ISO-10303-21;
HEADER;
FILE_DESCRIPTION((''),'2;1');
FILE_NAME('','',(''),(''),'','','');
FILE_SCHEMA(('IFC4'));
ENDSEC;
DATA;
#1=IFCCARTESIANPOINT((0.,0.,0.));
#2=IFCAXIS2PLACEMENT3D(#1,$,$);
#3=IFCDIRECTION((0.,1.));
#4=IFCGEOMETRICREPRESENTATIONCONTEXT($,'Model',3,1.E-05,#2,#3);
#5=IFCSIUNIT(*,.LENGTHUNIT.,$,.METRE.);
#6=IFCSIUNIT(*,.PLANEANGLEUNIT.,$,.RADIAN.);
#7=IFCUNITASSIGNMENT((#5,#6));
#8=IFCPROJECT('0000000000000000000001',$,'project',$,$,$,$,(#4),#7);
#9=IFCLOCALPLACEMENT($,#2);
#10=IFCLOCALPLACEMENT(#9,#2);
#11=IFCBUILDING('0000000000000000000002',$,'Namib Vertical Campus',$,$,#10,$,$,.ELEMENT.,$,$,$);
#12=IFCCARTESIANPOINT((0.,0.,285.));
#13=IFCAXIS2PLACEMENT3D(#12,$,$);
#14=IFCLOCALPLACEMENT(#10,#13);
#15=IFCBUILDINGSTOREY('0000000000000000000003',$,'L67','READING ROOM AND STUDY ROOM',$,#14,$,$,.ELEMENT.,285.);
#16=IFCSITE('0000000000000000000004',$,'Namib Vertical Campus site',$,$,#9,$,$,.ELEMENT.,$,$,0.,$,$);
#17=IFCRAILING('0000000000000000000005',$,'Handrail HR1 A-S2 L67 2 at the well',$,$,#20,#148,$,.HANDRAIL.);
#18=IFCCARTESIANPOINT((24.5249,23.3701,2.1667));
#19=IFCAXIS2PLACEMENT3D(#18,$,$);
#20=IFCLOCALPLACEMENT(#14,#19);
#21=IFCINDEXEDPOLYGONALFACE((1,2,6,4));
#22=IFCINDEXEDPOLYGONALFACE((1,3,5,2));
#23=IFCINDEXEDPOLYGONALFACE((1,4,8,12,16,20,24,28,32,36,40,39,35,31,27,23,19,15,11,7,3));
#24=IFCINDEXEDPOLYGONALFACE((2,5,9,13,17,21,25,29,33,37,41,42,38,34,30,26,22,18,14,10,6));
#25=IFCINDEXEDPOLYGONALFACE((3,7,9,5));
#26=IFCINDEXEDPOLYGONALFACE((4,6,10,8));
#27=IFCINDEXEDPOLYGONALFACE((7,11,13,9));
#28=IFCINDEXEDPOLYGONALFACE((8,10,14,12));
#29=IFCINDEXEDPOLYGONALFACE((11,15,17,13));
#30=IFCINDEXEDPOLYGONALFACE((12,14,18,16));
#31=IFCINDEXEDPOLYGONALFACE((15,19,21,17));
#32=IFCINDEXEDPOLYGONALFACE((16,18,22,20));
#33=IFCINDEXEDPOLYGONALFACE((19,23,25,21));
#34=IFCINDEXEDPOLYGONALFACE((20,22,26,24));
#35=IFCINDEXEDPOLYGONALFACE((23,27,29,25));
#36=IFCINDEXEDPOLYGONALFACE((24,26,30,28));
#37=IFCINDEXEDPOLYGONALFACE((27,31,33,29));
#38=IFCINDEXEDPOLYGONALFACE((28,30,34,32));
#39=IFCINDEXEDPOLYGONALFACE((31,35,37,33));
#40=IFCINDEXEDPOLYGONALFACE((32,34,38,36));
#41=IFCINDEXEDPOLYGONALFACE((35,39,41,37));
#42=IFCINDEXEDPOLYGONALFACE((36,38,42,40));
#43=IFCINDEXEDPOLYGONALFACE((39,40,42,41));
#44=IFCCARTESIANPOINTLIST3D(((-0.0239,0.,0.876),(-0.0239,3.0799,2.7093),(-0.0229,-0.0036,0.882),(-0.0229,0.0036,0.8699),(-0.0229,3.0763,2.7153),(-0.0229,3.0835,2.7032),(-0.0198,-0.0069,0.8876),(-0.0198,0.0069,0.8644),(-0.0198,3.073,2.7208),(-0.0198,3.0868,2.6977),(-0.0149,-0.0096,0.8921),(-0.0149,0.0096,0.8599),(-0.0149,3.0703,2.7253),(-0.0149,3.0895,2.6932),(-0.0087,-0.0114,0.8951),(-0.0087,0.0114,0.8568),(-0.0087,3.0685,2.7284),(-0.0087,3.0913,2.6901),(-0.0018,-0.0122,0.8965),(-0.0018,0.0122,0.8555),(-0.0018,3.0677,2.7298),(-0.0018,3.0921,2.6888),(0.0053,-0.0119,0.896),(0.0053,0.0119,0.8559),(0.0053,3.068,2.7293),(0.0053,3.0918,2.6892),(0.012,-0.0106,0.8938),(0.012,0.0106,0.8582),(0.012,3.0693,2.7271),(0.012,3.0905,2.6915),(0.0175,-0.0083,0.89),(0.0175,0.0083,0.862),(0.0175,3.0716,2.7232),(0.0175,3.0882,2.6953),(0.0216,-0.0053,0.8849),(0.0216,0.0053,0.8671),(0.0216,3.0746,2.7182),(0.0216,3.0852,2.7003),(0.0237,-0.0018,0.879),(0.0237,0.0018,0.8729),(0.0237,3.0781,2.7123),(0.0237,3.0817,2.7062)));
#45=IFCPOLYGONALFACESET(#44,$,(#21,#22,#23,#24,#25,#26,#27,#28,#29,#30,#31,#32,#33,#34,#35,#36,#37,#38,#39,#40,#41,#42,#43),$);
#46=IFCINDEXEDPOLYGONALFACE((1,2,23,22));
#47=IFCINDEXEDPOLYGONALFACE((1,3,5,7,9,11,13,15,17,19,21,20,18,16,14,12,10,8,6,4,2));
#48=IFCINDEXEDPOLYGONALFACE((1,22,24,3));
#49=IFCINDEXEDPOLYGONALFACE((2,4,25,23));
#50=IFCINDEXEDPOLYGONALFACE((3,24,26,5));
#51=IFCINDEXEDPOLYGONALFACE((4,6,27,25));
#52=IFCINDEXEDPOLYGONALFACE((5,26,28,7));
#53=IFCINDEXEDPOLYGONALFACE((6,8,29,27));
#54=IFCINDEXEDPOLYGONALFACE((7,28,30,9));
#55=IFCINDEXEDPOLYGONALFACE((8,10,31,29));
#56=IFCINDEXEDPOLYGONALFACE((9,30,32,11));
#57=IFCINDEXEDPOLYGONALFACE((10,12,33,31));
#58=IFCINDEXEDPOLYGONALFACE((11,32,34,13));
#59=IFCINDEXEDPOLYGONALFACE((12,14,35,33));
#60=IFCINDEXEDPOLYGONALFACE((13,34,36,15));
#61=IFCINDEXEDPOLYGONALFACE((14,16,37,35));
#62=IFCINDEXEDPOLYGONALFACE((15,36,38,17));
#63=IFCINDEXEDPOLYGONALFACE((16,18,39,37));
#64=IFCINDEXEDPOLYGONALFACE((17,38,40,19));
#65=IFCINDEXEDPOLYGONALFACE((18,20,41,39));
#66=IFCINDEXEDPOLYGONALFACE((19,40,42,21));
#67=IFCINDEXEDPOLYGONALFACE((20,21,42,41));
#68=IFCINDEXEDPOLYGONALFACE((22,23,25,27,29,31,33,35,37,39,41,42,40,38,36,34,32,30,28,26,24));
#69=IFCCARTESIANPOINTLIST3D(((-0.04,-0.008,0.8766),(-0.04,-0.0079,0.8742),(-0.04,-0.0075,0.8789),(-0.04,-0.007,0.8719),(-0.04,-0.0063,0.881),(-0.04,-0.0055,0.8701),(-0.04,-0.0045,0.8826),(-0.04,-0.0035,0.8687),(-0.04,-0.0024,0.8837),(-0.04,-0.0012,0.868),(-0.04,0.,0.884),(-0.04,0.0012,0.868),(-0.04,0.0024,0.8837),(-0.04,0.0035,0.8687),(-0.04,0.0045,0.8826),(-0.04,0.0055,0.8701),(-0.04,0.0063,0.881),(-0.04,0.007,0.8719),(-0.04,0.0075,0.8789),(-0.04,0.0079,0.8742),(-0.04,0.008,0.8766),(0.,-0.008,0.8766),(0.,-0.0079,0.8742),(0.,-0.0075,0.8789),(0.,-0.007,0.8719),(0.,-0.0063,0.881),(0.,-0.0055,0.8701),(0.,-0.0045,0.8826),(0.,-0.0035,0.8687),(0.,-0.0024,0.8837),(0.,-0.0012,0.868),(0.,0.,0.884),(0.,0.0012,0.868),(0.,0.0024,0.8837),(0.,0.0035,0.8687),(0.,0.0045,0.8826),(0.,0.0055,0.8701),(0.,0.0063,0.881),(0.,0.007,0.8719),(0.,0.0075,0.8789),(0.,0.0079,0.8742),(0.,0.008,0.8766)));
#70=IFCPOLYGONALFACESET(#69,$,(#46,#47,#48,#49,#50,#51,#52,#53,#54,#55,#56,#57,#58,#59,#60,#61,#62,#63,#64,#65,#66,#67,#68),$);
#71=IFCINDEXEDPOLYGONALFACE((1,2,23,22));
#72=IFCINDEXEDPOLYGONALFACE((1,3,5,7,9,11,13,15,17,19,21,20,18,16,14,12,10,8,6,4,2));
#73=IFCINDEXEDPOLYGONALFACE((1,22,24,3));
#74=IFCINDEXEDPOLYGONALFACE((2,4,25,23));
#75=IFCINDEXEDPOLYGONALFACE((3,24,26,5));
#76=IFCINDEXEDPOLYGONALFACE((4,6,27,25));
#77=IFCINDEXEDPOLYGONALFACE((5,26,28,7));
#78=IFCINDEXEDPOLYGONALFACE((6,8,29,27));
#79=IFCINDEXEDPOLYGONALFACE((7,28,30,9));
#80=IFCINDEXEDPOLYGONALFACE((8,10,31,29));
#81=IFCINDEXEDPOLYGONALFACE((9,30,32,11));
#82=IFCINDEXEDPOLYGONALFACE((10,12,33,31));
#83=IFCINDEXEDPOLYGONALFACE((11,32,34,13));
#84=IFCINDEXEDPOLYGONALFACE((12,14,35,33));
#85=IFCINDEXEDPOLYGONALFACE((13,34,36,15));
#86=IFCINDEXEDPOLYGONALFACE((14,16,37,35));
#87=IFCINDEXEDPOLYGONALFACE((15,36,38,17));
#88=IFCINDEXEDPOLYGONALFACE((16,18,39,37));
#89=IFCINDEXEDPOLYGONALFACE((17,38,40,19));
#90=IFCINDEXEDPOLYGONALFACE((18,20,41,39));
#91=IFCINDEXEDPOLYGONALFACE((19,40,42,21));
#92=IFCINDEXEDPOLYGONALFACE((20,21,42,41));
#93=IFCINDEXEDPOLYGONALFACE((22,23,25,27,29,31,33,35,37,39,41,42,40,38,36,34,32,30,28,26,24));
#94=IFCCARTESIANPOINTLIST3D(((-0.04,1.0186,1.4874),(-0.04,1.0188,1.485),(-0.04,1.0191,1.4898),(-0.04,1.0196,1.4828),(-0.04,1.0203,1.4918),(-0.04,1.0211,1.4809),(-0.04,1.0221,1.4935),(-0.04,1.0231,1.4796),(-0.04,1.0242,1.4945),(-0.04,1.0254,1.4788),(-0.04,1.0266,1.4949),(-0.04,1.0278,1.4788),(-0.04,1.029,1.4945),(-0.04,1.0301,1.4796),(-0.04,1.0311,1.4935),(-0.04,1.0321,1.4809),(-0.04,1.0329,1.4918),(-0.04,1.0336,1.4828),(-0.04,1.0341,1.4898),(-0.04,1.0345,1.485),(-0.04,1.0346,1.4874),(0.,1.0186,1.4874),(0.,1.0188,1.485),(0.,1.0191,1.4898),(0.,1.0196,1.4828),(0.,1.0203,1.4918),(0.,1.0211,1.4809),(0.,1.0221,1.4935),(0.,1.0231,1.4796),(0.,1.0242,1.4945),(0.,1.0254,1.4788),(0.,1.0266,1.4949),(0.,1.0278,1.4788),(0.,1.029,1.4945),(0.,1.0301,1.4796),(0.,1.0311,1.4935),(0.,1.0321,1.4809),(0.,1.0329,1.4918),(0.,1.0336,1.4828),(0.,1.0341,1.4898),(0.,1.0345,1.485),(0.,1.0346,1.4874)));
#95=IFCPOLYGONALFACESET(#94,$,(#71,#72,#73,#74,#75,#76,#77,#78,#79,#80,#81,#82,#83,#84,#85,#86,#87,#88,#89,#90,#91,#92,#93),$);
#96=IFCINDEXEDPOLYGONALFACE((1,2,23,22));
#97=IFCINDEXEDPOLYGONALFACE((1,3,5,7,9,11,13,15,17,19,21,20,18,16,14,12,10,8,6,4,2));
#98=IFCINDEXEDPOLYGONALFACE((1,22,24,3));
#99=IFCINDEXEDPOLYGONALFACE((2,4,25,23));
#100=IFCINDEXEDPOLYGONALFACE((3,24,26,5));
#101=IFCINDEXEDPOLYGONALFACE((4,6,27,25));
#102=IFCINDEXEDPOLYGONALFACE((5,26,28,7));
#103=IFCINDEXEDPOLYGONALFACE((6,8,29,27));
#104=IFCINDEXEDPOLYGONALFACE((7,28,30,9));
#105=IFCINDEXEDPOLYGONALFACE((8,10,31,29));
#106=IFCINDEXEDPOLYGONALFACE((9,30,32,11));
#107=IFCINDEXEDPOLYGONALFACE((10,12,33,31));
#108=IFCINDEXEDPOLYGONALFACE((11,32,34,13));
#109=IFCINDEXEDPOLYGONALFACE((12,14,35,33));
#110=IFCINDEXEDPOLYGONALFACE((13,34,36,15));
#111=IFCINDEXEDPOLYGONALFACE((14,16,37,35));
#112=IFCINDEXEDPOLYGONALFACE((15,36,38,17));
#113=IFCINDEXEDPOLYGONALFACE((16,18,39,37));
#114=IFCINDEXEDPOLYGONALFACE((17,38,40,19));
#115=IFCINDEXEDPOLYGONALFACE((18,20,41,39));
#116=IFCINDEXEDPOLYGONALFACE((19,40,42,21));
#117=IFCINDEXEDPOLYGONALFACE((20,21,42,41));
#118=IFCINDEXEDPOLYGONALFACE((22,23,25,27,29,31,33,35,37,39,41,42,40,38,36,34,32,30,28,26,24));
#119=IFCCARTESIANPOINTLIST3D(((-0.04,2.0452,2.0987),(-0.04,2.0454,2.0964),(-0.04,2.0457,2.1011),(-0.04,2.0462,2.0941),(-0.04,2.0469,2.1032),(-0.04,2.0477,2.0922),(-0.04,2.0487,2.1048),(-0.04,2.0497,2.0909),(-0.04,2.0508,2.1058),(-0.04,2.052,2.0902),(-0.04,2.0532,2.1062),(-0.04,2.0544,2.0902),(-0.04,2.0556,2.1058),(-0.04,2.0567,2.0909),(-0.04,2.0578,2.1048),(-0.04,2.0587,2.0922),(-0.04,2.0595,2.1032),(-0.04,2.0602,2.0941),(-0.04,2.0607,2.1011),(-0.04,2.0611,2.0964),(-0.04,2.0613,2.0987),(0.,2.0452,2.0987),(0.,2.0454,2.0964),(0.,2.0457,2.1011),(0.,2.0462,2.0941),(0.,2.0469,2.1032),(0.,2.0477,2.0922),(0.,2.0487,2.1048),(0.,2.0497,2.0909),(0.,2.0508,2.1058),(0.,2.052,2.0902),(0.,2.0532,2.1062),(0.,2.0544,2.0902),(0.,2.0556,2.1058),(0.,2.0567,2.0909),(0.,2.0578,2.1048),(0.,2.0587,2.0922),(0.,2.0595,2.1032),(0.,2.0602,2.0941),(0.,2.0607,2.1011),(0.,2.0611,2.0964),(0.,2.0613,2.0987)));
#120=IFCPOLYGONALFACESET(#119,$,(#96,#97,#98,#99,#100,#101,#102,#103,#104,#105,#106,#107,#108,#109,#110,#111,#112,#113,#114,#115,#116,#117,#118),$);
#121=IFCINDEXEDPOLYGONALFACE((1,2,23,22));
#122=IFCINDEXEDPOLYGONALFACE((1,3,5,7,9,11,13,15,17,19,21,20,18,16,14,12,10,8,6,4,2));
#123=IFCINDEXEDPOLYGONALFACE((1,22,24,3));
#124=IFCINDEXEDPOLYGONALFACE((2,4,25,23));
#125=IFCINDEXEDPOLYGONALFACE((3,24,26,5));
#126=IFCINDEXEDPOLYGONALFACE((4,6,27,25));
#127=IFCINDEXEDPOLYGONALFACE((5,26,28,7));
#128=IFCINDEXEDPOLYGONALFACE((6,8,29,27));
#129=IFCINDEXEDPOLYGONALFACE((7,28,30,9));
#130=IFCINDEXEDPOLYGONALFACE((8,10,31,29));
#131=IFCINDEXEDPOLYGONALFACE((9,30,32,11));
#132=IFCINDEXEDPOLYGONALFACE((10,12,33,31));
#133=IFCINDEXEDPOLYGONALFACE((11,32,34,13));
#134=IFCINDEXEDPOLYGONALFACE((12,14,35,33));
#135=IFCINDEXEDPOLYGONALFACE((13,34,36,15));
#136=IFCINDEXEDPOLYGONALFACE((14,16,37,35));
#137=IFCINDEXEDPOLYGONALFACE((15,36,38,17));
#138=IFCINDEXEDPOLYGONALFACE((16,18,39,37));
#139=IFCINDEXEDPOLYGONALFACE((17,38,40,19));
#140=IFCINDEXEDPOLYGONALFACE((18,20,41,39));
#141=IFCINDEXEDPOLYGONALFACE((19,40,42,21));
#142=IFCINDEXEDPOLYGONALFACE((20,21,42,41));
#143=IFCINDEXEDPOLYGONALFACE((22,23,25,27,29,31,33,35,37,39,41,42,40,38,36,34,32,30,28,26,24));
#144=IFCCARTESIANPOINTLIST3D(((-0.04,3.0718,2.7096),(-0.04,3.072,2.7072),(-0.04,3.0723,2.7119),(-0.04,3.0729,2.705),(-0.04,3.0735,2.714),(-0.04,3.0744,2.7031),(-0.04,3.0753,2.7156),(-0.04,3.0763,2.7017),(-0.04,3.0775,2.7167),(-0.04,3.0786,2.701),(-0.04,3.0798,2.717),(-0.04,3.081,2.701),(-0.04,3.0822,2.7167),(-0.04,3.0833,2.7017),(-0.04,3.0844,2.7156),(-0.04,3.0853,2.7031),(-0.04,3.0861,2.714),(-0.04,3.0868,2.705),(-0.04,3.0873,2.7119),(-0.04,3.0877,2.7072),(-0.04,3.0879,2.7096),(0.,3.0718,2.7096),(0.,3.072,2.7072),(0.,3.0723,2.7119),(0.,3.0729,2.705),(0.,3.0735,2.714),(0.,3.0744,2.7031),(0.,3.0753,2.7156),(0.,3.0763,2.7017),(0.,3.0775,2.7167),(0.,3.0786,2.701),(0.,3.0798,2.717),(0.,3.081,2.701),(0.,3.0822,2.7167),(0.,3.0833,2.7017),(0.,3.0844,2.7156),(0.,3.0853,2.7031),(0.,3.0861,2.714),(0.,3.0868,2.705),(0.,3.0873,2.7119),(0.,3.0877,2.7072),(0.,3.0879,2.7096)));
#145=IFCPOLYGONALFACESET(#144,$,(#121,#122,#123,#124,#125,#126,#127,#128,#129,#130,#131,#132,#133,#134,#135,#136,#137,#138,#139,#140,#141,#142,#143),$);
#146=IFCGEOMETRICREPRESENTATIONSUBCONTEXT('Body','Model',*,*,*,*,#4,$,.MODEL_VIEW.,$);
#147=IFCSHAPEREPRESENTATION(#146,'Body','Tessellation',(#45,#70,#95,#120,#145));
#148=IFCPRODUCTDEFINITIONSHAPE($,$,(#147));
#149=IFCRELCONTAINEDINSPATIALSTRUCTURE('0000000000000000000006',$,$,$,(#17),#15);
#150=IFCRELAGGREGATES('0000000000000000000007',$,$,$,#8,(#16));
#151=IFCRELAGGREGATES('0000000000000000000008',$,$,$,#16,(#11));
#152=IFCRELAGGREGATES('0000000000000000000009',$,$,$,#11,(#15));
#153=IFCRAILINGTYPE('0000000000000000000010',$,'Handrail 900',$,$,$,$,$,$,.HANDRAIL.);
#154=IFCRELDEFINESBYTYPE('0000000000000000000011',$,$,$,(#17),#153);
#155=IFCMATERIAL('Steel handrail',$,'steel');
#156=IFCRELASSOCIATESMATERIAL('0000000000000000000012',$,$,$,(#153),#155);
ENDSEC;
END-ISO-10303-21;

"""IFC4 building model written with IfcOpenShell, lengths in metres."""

from ifc_helpers import new_model, si_unit, direction, frame, origin, origin_2d, place, context, subcontext, project, spatial, circle, extrude, material, type_object, element, save


model = new_model("IFC4")

# Units and contexts
model_context = context("Model", 3, precision=1e-05, world=origin(), true_north=direction((0.0, 1.0)))
body_context = subcontext(model_context, "Body", "Model", "MODEL_VIEW")
ifc_project = project(units=[si_unit("LENGTHUNIT", "METRE"), si_unit("PLANEANGLEUNIT", "RADIAN")], contexts=[model_context])

# Site, building, storey
site_placement = place(None, origin())
site = spatial("IfcSite", under=ifc_project, at=site_placement, Name="Namib Vertical Campus site", CompositionType="ELEMENT", RefElevation=0.0)
building_placement = place(site_placement, origin())
building = spatial("IfcBuilding", under=site, at=building_placement, Name="Namib Vertical Campus", CompositionType="ELEMENT")
storey_placement = place(building_placement, frame((0.0, 0.0, 285.0)))
storey = spatial("IfcBuildingStorey", under=building, at=storey_placement, Name="L67", Description="READING ROOM AND STUDY ROOM", CompositionType="ELEMENT", Elevation=285.0)

# Railing
ifc_material_1 = material(Name="Steel handrail", Category="steel")
railing_type_1 = type_object("IfcRailingType", Name="Handrail 900", PredefinedType="HANDRAIL", material=ifc_material_1)
railing_1_placement = place(storey_placement, frame((24.5249, 23.3701, 2.1667)))
element("IfcRailing", 1, at=railing_1_placement, inside=storey, type_object=railing_type_1, Name="Handrail HR1 A-S2 L67 2 at the well", PredefinedType="HANDRAIL", context=body_context, shape_type="SweptSolid", body=[
    extrude(circle(Radius=0.0239, at=origin_2d()), frame((0.0, 0.0, 0.876), z_axis=(0.0, 0.859291, 0.511487), x_axis=(-1.0, 0.0, 0.0)), (0.0, 0.0, 1.0), 3.5842),
    extrude(circle(Radius=0.0081, at=origin_2d()), frame((0.0, 0.0, 0.876), z_axis=(-1.0, 0.0, 0.0), x_axis=(0.0, 0.0, 1.0)), (0.0, 0.0, 1.0), 0.04),
    extrude(circle(Radius=0.0081, at=origin_2d()), frame((0.0, 1.0266, 1.4868), z_axis=(-1.0, 0.0, 0.0), x_axis=(0.0, 0.0, 1.0)), (0.0, 0.0, 1.0), 0.04),
    extrude(circle(Radius=0.0081, at=origin_2d()), frame((0.0, 2.0532, 2.0981), z_axis=(-1.0, 0.0, 0.0), x_axis=(0.0, 0.0, 1.0)), (0.0, 0.0, 1.0), 0.04),
    extrude(circle(Radius=0.0081, at=origin_2d()), frame((0.0, 3.0798, 2.709), z_axis=(-1.0, 0.0, 0.0), x_axis=(0.0, 0.0, 1.0)), (0.0, 0.0, 1.0), 0.04),
])

save(model, "model.ifc")
